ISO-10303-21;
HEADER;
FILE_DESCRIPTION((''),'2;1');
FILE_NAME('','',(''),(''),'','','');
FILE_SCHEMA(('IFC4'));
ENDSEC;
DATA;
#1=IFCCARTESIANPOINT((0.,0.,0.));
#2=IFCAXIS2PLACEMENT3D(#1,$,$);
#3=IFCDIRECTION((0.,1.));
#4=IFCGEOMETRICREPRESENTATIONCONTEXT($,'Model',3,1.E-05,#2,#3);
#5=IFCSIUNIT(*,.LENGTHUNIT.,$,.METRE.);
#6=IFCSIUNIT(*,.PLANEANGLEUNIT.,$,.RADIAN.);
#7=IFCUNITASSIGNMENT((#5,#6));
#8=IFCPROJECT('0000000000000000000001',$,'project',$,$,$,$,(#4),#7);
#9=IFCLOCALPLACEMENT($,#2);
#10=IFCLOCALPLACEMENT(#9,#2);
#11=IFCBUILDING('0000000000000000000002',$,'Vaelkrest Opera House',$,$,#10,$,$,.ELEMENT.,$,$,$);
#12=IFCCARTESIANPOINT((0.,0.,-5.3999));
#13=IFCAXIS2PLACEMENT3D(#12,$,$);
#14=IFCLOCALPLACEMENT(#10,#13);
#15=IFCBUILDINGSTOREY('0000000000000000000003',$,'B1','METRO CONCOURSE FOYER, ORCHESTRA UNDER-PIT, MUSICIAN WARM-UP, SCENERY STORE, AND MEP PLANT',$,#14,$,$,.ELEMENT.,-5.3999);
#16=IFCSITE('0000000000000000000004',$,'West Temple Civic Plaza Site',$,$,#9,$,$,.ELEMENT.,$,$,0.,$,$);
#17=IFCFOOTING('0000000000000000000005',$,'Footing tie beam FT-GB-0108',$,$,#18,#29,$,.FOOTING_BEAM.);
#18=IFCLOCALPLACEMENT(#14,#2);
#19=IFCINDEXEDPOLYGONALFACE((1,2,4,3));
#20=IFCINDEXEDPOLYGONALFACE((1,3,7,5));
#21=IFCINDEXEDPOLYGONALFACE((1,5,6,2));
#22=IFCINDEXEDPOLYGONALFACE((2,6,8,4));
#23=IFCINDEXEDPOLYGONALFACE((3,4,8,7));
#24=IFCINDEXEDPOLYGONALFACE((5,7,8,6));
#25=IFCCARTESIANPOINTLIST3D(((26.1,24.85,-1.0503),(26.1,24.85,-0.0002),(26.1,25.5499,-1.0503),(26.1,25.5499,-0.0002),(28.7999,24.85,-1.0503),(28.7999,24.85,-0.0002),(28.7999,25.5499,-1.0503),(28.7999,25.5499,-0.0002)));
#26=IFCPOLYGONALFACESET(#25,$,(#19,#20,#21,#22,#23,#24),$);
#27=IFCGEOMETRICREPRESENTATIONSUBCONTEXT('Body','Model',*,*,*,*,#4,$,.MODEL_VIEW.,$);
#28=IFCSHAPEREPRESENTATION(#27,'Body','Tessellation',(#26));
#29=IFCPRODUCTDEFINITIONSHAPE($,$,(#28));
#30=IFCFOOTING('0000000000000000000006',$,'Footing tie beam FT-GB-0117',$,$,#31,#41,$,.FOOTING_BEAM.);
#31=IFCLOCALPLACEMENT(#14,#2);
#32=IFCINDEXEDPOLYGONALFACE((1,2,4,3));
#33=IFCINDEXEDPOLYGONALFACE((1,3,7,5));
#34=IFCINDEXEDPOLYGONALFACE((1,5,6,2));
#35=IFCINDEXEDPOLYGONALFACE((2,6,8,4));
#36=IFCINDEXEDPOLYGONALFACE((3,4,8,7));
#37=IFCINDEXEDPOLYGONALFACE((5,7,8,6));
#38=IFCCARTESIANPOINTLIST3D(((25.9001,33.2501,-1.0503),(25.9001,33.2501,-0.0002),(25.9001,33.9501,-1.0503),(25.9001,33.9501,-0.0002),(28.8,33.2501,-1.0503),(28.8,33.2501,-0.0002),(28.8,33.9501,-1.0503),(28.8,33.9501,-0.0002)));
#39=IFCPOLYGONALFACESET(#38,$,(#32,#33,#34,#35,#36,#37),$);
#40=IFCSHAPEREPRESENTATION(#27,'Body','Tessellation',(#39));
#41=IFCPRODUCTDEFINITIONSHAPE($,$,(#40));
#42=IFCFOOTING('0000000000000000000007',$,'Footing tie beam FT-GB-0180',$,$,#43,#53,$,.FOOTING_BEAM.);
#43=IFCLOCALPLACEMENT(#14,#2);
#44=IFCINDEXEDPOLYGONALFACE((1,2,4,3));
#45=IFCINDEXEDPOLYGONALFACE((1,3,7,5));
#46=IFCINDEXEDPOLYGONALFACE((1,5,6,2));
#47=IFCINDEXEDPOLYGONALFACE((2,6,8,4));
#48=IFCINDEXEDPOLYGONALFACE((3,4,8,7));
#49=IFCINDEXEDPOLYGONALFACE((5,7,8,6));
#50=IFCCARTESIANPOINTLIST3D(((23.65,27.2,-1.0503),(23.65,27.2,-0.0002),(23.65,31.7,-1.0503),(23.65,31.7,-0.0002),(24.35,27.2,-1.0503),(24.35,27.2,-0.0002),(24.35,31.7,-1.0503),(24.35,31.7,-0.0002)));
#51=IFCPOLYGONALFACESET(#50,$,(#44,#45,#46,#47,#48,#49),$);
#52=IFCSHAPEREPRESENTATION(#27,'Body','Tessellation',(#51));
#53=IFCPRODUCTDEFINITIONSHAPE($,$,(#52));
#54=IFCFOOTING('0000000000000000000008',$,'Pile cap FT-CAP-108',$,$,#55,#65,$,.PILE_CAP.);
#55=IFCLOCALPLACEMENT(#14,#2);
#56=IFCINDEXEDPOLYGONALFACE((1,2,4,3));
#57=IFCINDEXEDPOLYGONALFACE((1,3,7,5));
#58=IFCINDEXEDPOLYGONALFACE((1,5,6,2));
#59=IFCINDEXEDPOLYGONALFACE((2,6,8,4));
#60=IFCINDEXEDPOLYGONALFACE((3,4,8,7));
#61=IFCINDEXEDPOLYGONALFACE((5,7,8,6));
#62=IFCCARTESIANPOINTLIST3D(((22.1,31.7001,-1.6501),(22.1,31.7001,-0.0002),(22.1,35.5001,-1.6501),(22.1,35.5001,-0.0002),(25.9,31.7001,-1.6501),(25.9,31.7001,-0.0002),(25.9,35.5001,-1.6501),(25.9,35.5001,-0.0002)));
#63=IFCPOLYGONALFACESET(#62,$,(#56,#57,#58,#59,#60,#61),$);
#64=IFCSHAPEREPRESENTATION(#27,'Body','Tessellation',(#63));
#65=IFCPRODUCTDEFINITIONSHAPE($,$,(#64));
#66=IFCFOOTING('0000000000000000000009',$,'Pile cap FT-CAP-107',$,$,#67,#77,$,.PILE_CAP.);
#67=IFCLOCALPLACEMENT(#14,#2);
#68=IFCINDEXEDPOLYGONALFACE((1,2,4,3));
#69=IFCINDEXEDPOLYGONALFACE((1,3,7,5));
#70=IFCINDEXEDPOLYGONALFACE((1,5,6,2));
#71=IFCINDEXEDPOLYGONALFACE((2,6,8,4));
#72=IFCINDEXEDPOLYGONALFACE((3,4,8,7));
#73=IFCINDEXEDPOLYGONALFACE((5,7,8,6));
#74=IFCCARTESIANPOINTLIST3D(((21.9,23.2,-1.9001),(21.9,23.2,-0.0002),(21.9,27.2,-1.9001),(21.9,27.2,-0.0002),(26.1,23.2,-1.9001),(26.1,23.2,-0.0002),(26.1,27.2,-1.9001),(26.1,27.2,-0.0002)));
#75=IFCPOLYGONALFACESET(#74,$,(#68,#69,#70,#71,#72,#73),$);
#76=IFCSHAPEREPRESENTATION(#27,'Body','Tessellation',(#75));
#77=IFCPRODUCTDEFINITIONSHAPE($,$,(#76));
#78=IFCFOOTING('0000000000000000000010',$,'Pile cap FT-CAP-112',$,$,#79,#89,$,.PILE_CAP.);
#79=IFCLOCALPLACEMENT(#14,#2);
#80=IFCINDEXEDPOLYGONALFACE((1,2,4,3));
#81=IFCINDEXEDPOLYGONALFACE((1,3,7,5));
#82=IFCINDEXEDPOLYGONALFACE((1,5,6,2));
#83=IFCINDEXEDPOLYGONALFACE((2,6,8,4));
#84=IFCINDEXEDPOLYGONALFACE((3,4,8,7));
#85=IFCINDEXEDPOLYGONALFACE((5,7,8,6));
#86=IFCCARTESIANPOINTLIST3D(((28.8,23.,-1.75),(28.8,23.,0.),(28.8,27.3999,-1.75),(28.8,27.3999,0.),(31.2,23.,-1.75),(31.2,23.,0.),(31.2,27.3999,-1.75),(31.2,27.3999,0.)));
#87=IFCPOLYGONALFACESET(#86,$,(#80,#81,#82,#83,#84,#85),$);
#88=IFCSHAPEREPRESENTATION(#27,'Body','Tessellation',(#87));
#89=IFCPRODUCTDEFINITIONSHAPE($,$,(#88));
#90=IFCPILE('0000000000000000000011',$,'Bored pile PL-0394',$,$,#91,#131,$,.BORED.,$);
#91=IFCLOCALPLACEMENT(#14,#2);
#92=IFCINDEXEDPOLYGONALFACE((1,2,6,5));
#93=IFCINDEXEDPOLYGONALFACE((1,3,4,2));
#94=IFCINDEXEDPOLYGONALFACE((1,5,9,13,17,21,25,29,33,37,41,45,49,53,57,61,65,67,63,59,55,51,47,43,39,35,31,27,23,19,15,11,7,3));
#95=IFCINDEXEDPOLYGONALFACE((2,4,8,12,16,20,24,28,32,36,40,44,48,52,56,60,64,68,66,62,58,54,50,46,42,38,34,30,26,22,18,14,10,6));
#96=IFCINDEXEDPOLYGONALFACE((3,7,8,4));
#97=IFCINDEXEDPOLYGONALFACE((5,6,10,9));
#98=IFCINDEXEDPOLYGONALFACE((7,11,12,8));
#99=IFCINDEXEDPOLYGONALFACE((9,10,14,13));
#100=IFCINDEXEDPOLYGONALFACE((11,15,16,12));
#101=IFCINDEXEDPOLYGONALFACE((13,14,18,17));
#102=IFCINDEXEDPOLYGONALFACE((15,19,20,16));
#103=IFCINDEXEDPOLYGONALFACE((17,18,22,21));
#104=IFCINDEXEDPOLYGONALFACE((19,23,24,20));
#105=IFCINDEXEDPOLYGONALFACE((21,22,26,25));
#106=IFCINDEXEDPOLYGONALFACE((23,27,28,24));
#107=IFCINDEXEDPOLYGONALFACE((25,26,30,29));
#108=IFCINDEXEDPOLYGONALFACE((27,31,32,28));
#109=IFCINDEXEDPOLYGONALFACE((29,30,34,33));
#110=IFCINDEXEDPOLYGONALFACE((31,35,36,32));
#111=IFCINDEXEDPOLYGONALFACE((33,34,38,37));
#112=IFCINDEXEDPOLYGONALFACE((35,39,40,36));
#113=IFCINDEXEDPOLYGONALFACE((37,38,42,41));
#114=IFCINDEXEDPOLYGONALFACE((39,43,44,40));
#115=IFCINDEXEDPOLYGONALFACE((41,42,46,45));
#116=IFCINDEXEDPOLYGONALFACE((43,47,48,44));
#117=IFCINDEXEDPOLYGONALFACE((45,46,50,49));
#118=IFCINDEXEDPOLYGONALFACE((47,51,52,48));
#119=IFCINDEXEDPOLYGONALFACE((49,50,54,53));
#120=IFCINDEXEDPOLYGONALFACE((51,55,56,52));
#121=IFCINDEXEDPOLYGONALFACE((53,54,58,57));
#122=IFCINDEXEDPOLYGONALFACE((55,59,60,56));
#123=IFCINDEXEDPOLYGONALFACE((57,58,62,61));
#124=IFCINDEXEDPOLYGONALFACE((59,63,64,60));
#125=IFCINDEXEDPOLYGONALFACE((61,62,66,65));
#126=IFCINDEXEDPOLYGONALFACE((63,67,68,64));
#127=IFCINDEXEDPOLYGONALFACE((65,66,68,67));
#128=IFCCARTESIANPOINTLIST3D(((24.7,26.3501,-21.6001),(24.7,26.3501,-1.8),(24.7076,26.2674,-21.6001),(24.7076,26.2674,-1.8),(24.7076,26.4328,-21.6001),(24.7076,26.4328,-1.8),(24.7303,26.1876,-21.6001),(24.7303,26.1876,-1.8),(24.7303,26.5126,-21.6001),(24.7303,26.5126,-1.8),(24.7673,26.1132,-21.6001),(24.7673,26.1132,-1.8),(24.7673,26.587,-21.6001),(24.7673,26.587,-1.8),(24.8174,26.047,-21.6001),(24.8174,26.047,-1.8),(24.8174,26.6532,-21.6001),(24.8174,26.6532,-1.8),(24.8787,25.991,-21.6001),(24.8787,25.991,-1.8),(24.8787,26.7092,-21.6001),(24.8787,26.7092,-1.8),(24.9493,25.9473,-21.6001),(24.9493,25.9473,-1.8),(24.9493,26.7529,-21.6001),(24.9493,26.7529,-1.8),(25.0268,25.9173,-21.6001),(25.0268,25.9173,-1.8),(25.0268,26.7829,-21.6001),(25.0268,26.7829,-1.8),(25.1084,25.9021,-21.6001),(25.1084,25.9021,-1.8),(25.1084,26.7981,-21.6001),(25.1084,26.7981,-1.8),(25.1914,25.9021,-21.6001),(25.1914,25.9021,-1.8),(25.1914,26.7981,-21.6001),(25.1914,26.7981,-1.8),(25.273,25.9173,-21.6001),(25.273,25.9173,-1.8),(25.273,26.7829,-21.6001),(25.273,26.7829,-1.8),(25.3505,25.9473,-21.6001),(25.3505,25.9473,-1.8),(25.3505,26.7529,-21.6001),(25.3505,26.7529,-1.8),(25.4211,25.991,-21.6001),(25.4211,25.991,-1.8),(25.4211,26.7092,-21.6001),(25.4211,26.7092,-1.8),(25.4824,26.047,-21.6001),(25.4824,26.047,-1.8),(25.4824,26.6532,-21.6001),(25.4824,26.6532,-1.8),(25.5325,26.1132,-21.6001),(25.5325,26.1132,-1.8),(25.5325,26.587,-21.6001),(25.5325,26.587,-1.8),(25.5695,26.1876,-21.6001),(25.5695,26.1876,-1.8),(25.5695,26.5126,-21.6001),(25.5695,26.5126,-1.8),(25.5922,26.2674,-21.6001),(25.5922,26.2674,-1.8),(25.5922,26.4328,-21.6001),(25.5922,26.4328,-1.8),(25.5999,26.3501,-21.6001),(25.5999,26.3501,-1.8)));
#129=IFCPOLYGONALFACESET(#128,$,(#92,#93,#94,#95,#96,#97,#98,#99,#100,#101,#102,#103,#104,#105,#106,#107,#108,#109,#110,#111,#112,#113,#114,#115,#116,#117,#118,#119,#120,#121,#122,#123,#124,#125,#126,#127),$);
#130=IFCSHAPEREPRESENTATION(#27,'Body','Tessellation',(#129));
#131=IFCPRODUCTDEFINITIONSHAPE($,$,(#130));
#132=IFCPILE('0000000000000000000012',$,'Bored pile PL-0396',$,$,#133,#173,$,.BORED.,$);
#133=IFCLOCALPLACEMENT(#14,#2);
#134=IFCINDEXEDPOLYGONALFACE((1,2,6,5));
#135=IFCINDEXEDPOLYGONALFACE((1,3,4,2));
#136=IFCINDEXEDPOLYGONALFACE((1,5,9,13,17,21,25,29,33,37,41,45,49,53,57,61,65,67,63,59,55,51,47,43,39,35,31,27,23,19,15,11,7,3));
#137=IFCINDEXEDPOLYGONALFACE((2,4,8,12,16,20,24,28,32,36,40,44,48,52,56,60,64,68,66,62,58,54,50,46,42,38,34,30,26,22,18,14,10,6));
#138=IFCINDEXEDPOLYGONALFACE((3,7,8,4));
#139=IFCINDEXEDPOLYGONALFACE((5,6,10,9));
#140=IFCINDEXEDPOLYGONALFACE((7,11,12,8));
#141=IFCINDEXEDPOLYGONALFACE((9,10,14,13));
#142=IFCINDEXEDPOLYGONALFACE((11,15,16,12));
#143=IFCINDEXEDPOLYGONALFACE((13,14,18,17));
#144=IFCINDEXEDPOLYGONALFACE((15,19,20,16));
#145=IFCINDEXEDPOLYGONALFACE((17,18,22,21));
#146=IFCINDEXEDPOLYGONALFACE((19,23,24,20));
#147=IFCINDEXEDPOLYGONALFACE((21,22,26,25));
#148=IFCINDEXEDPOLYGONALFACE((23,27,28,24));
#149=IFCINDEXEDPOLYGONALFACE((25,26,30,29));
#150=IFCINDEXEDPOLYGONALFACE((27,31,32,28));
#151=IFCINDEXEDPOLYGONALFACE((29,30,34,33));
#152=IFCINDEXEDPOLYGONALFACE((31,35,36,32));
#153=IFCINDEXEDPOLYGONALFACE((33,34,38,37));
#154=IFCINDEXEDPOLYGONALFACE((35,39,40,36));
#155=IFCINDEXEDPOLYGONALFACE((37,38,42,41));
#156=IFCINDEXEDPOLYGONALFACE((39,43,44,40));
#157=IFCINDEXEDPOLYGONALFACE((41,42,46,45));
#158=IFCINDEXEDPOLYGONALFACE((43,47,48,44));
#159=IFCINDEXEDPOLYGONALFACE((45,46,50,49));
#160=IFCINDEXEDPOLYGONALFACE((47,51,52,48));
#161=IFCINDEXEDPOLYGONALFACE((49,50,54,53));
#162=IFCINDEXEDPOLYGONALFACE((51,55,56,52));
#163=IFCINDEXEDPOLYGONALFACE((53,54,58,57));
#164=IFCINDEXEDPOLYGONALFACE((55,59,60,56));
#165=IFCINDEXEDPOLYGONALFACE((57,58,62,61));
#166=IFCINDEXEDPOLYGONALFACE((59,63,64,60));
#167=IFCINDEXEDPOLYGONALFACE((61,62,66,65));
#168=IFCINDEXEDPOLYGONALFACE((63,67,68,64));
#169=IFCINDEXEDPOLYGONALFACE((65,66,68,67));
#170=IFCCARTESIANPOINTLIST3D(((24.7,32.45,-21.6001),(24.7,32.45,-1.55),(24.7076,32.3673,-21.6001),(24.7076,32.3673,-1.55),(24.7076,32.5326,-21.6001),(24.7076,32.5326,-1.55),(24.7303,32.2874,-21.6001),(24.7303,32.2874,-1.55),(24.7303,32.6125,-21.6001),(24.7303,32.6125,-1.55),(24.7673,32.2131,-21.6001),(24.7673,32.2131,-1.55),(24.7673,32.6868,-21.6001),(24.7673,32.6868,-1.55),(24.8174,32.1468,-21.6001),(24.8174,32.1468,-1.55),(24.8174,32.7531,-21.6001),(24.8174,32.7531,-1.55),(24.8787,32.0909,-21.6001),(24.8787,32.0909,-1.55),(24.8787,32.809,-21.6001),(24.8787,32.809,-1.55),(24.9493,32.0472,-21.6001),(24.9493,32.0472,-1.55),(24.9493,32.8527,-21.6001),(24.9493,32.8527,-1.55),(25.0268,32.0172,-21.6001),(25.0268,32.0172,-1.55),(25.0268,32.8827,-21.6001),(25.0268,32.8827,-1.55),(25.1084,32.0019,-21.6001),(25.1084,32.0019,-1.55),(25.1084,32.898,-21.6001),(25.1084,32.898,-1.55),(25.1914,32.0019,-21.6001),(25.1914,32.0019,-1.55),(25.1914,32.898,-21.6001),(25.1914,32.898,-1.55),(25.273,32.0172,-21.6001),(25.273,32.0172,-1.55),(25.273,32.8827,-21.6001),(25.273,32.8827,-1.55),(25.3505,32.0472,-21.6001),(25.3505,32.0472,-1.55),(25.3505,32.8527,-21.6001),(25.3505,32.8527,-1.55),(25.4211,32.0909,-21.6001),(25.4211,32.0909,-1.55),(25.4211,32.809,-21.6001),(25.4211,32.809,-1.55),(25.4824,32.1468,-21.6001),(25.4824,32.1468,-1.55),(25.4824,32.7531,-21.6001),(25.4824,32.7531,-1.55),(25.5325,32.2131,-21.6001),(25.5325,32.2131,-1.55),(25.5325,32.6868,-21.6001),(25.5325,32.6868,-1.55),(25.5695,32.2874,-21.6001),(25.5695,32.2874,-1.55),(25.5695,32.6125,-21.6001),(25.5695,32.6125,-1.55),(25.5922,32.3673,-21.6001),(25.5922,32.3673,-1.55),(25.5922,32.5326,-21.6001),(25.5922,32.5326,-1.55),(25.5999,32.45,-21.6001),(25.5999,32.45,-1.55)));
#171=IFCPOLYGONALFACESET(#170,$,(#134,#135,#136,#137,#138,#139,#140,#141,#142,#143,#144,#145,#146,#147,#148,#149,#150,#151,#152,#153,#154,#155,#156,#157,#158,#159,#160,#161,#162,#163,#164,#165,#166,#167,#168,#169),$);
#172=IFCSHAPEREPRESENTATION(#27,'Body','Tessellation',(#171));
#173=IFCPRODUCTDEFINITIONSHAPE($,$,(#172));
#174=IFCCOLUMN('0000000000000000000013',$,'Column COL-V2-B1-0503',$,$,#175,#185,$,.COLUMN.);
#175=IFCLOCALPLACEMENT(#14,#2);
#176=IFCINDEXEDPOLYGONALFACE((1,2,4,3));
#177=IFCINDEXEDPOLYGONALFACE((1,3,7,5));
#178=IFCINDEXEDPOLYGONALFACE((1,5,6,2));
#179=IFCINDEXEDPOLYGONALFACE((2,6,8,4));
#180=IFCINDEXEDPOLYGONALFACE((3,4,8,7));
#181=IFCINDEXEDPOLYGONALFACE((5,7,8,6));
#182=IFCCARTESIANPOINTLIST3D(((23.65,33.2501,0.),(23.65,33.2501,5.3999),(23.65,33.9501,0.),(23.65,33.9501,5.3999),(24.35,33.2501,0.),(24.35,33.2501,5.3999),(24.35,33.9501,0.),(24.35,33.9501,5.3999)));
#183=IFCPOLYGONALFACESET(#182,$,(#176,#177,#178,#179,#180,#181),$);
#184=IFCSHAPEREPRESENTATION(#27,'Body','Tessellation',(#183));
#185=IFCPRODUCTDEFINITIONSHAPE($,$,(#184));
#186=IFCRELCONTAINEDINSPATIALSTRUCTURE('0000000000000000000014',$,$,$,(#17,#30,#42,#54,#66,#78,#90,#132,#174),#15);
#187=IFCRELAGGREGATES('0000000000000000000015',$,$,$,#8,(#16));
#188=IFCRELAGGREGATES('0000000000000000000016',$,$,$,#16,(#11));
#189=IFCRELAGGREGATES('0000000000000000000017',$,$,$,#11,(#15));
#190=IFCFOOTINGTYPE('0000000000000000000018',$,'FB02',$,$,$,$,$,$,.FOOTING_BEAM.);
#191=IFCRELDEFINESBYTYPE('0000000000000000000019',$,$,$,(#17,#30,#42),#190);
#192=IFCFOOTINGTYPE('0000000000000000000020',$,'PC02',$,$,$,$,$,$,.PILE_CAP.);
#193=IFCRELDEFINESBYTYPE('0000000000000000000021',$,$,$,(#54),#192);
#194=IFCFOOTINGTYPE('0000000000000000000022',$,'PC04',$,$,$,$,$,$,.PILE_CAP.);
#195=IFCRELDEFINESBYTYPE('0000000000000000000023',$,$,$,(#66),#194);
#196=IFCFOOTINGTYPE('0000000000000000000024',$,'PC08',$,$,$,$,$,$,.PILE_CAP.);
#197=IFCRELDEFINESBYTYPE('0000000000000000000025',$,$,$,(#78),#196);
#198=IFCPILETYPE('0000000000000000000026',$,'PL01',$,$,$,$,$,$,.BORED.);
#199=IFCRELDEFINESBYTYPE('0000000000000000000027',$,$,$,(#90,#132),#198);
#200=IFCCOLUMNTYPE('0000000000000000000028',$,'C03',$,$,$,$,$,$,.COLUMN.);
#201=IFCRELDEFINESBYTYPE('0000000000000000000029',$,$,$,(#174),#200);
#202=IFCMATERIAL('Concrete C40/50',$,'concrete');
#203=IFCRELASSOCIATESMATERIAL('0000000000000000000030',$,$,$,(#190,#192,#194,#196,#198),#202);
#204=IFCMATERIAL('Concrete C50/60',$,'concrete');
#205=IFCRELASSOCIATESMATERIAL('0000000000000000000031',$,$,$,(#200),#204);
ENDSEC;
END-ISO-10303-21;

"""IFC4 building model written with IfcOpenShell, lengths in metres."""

from ifc_helpers import new_model, si_unit, direction, frame, origin, origin_2d, place, context, subcontext, project, spatial, rectangle, circle, extrude, material, material_profile, profile_set, type_object, element, save


model = new_model("IFC4")

# Units and contexts
model_context = context("Model", 3, precision=1e-05, world=origin(), true_north=direction((0.0, 1.0)))
body_context = subcontext(model_context, "Body", "Model", "MODEL_VIEW")
ifc_project = project(units=[si_unit("LENGTHUNIT", "METRE"), si_unit("PLANEANGLEUNIT", "RADIAN")], contexts=[model_context])

# Site, building, storey
site_placement = place(None, origin())
site = spatial("IfcSite", under=ifc_project, at=site_placement, Name="West Temple Civic Plaza Site", CompositionType="ELEMENT", RefElevation=0.0)
building_placement = place(site_placement, origin())
building = spatial("IfcBuilding", under=site, at=building_placement, Name="Vaelkrest Opera House", CompositionType="ELEMENT")
storey_placement = place(building_placement, frame((0.0, 0.0, -5.3999)))
storey = spatial("IfcBuildingStorey", under=building, at=storey_placement, Name="B1", Description="METRO CONCOURSE FOYER, ORCHESTRA UNDER-PIT, MUSICIAN WARM-UP, SCENERY STORE, AND MEP PLANT", CompositionType="ELEMENT", Elevation=-5.3999)

# Footings
ifc_material_1 = material(Name="Concrete C40/50", Category="concrete")
footing_type_1 = type_object("IfcFootingType", Name="FB02", PredefinedType="FOOTING_BEAM", material=ifc_material_1)
footing_1_placement = place(storey_placement, frame((27.45, 25.2, -1.0503), z_axis=(0.0, 0.0, 1.0), x_axis=(1.0, 0.0, 0.0)))
element("IfcFooting", 1, at=footing_1_placement, inside=storey, type_object=footing_type_1, Name="Footing tie beam FT-GB-0108", PredefinedType="FOOTING_BEAM", context=body_context, shape_type="SweptSolid", body=[
    extrude(rectangle(XDim=2.7, YDim=0.7, at=origin_2d()), origin(), (0.0, 0.0, 1.0), 1.05),
])
footing_2_placement = place(storey_placement, frame((27.3501, 33.6001, -1.0503), z_axis=(0.0, 0.0, 1.0), x_axis=(1.0, 0.0, 0.0)))
element("IfcFooting", 2, at=footing_2_placement, inside=storey, type_object=footing_type_1, Name="Footing tie beam FT-GB-0117", PredefinedType="FOOTING_BEAM", context=body_context, shape_type="SweptSolid", body=[
    extrude(rectangle(XDim=2.8999, YDim=0.7, at=origin_2d()), origin(), (0.0, 0.0, 1.0), 1.05),
])
footing_3_placement = place(storey_placement, frame((24.0, 29.45, -1.0503), z_axis=(0.0, 0.0, 1.0), x_axis=(0.0, 1.0, 0.0)))
element("IfcFooting", 3, at=footing_3_placement, inside=storey, type_object=footing_type_1, Name="Footing tie beam FT-GB-0180", PredefinedType="FOOTING_BEAM", context=body_context, shape_type="SweptSolid", body=[
    extrude(rectangle(XDim=4.5, YDim=0.7, at=origin_2d()), origin(), (0.0, 0.0, 1.0), 1.05),
])
footing_type_2 = type_object("IfcFootingType", Name="PC02", PredefinedType="PILE_CAP", material=ifc_material_1)
footing_4_placement = place(storey_placement, frame((24.0, 33.6001, -1.6501), z_axis=(0.0, 0.0, 1.0), x_axis=(1.0, 0.0, 0.0)))
element("IfcFooting", 4, at=footing_4_placement, inside=storey, type_object=footing_type_2, Name="Pile cap FT-CAP-108", PredefinedType="PILE_CAP", context=body_context, shape_type="SweptSolid", body=[
    extrude(rectangle(XDim=3.8, YDim=3.8, at=origin_2d()), origin(), (0.0, 0.0, 1.0), 1.6499),
])
footing_type_3 = type_object("IfcFootingType", Name="PC04", PredefinedType="PILE_CAP", material=ifc_material_1)
footing_5_placement = place(storey_placement, frame((24.0, 25.2, -1.9001), z_axis=(0.0, 0.0, 1.0), x_axis=(1.0, 0.0, 0.0)))
element("IfcFooting", 5, at=footing_5_placement, inside=storey, type_object=footing_type_3, Name="Pile cap FT-CAP-107", PredefinedType="PILE_CAP", context=body_context, shape_type="SweptSolid", body=[
    extrude(rectangle(XDim=4.2, YDim=4.0, at=origin_2d()), origin(), (0.0, 0.0, 1.0), 1.8999),
])
footing_type_4 = type_object("IfcFootingType", Name="PC08", PredefinedType="PILE_CAP", material=ifc_material_1)
footing_6_placement = place(storey_placement, frame((30.0, 25.2, -1.75), z_axis=(0.0, 0.0, 1.0), x_axis=(1.0, 0.0, 0.0)))
element("IfcFooting", 6, at=footing_6_placement, inside=storey, type_object=footing_type_4, Name="Pile cap FT-CAP-112", PredefinedType="PILE_CAP", context=body_context, shape_type="SweptSolid", body=[
    extrude(rectangle(XDim=2.3999, YDim=4.3999, at=origin_2d()), origin(), (0.0, 0.0, 1.0), 1.75),
])

# Piles
ifc_material_profile_1 = material_profile(ifc_material_1, circle(Radius=0.45, at=origin_2d()), Name="PILE900")
ifc_profile_set_1 = profile_set([ifc_material_profile_1], Name="Concrete C40/50")
pile_type = type_object("IfcPileType", Name="PL01", PredefinedType="BORED", material=ifc_profile_set_1)
pile_1_placement = place(storey_placement, frame((25.1499, 26.3501, -1.8), z_axis=(0.0, 0.0, -1.0), x_axis=(1.0, 0.0, 0.0)))
element("IfcPile", 7, at=pile_1_placement, inside=storey, type_object=pile_type, Name="Bored pile PL-0394", PredefinedType="BORED", context=body_context, shape_type="SweptSolid", body=[
    extrude(circle(Radius=0.45, at=origin_2d()), origin(), (0.0, 0.0, 1.0), 19.8),
])
pile_2_placement = place(storey_placement, frame((25.1499, 32.45, -1.55), z_axis=(0.0, 0.0, -1.0), x_axis=(1.0, 0.0, 0.0)))
element("IfcPile", 8, at=pile_2_placement, inside=storey, type_object=pile_type, Name="Bored pile PL-0396", PredefinedType="BORED", context=body_context, shape_type="SweptSolid", body=[
    extrude(circle(Radius=0.45, at=origin_2d()), origin(), (0.0, 0.0, 1.0), 20.05),
])

# Column
ifc_material_2 = material(Name="Concrete C50/60", Category="concrete")
ifc_material_profile_2 = material_profile(ifc_material_2, rectangle(XDim=0.7, YDim=0.7, at=origin_2d()), Name="RC700X700")
ifc_profile_set_2 = profile_set([ifc_material_profile_2], Name="Concrete C50/60")
column_type_1 = type_object("IfcColumnType", Name="C03", PredefinedType="COLUMN", material=ifc_profile_set_2)
column_1_placement = place(storey_placement, frame((24.0, 33.6001, 0.0), z_axis=(0.0, 0.0, 1.0), x_axis=(1.0, 0.0, 0.0)))
element("IfcColumn", 9, at=column_1_placement, inside=storey, type_object=column_type_1, Name="Column COL-V2-B1-0503", PredefinedType="COLUMN", context=body_context, shape_type="SweptSolid", body=[
    extrude(rectangle(XDim=0.7, YDim=0.7, at=origin_2d()), origin(), (0.0, 0.0, 1.0), 5.3999),
])

save(model, "model.ifc")
